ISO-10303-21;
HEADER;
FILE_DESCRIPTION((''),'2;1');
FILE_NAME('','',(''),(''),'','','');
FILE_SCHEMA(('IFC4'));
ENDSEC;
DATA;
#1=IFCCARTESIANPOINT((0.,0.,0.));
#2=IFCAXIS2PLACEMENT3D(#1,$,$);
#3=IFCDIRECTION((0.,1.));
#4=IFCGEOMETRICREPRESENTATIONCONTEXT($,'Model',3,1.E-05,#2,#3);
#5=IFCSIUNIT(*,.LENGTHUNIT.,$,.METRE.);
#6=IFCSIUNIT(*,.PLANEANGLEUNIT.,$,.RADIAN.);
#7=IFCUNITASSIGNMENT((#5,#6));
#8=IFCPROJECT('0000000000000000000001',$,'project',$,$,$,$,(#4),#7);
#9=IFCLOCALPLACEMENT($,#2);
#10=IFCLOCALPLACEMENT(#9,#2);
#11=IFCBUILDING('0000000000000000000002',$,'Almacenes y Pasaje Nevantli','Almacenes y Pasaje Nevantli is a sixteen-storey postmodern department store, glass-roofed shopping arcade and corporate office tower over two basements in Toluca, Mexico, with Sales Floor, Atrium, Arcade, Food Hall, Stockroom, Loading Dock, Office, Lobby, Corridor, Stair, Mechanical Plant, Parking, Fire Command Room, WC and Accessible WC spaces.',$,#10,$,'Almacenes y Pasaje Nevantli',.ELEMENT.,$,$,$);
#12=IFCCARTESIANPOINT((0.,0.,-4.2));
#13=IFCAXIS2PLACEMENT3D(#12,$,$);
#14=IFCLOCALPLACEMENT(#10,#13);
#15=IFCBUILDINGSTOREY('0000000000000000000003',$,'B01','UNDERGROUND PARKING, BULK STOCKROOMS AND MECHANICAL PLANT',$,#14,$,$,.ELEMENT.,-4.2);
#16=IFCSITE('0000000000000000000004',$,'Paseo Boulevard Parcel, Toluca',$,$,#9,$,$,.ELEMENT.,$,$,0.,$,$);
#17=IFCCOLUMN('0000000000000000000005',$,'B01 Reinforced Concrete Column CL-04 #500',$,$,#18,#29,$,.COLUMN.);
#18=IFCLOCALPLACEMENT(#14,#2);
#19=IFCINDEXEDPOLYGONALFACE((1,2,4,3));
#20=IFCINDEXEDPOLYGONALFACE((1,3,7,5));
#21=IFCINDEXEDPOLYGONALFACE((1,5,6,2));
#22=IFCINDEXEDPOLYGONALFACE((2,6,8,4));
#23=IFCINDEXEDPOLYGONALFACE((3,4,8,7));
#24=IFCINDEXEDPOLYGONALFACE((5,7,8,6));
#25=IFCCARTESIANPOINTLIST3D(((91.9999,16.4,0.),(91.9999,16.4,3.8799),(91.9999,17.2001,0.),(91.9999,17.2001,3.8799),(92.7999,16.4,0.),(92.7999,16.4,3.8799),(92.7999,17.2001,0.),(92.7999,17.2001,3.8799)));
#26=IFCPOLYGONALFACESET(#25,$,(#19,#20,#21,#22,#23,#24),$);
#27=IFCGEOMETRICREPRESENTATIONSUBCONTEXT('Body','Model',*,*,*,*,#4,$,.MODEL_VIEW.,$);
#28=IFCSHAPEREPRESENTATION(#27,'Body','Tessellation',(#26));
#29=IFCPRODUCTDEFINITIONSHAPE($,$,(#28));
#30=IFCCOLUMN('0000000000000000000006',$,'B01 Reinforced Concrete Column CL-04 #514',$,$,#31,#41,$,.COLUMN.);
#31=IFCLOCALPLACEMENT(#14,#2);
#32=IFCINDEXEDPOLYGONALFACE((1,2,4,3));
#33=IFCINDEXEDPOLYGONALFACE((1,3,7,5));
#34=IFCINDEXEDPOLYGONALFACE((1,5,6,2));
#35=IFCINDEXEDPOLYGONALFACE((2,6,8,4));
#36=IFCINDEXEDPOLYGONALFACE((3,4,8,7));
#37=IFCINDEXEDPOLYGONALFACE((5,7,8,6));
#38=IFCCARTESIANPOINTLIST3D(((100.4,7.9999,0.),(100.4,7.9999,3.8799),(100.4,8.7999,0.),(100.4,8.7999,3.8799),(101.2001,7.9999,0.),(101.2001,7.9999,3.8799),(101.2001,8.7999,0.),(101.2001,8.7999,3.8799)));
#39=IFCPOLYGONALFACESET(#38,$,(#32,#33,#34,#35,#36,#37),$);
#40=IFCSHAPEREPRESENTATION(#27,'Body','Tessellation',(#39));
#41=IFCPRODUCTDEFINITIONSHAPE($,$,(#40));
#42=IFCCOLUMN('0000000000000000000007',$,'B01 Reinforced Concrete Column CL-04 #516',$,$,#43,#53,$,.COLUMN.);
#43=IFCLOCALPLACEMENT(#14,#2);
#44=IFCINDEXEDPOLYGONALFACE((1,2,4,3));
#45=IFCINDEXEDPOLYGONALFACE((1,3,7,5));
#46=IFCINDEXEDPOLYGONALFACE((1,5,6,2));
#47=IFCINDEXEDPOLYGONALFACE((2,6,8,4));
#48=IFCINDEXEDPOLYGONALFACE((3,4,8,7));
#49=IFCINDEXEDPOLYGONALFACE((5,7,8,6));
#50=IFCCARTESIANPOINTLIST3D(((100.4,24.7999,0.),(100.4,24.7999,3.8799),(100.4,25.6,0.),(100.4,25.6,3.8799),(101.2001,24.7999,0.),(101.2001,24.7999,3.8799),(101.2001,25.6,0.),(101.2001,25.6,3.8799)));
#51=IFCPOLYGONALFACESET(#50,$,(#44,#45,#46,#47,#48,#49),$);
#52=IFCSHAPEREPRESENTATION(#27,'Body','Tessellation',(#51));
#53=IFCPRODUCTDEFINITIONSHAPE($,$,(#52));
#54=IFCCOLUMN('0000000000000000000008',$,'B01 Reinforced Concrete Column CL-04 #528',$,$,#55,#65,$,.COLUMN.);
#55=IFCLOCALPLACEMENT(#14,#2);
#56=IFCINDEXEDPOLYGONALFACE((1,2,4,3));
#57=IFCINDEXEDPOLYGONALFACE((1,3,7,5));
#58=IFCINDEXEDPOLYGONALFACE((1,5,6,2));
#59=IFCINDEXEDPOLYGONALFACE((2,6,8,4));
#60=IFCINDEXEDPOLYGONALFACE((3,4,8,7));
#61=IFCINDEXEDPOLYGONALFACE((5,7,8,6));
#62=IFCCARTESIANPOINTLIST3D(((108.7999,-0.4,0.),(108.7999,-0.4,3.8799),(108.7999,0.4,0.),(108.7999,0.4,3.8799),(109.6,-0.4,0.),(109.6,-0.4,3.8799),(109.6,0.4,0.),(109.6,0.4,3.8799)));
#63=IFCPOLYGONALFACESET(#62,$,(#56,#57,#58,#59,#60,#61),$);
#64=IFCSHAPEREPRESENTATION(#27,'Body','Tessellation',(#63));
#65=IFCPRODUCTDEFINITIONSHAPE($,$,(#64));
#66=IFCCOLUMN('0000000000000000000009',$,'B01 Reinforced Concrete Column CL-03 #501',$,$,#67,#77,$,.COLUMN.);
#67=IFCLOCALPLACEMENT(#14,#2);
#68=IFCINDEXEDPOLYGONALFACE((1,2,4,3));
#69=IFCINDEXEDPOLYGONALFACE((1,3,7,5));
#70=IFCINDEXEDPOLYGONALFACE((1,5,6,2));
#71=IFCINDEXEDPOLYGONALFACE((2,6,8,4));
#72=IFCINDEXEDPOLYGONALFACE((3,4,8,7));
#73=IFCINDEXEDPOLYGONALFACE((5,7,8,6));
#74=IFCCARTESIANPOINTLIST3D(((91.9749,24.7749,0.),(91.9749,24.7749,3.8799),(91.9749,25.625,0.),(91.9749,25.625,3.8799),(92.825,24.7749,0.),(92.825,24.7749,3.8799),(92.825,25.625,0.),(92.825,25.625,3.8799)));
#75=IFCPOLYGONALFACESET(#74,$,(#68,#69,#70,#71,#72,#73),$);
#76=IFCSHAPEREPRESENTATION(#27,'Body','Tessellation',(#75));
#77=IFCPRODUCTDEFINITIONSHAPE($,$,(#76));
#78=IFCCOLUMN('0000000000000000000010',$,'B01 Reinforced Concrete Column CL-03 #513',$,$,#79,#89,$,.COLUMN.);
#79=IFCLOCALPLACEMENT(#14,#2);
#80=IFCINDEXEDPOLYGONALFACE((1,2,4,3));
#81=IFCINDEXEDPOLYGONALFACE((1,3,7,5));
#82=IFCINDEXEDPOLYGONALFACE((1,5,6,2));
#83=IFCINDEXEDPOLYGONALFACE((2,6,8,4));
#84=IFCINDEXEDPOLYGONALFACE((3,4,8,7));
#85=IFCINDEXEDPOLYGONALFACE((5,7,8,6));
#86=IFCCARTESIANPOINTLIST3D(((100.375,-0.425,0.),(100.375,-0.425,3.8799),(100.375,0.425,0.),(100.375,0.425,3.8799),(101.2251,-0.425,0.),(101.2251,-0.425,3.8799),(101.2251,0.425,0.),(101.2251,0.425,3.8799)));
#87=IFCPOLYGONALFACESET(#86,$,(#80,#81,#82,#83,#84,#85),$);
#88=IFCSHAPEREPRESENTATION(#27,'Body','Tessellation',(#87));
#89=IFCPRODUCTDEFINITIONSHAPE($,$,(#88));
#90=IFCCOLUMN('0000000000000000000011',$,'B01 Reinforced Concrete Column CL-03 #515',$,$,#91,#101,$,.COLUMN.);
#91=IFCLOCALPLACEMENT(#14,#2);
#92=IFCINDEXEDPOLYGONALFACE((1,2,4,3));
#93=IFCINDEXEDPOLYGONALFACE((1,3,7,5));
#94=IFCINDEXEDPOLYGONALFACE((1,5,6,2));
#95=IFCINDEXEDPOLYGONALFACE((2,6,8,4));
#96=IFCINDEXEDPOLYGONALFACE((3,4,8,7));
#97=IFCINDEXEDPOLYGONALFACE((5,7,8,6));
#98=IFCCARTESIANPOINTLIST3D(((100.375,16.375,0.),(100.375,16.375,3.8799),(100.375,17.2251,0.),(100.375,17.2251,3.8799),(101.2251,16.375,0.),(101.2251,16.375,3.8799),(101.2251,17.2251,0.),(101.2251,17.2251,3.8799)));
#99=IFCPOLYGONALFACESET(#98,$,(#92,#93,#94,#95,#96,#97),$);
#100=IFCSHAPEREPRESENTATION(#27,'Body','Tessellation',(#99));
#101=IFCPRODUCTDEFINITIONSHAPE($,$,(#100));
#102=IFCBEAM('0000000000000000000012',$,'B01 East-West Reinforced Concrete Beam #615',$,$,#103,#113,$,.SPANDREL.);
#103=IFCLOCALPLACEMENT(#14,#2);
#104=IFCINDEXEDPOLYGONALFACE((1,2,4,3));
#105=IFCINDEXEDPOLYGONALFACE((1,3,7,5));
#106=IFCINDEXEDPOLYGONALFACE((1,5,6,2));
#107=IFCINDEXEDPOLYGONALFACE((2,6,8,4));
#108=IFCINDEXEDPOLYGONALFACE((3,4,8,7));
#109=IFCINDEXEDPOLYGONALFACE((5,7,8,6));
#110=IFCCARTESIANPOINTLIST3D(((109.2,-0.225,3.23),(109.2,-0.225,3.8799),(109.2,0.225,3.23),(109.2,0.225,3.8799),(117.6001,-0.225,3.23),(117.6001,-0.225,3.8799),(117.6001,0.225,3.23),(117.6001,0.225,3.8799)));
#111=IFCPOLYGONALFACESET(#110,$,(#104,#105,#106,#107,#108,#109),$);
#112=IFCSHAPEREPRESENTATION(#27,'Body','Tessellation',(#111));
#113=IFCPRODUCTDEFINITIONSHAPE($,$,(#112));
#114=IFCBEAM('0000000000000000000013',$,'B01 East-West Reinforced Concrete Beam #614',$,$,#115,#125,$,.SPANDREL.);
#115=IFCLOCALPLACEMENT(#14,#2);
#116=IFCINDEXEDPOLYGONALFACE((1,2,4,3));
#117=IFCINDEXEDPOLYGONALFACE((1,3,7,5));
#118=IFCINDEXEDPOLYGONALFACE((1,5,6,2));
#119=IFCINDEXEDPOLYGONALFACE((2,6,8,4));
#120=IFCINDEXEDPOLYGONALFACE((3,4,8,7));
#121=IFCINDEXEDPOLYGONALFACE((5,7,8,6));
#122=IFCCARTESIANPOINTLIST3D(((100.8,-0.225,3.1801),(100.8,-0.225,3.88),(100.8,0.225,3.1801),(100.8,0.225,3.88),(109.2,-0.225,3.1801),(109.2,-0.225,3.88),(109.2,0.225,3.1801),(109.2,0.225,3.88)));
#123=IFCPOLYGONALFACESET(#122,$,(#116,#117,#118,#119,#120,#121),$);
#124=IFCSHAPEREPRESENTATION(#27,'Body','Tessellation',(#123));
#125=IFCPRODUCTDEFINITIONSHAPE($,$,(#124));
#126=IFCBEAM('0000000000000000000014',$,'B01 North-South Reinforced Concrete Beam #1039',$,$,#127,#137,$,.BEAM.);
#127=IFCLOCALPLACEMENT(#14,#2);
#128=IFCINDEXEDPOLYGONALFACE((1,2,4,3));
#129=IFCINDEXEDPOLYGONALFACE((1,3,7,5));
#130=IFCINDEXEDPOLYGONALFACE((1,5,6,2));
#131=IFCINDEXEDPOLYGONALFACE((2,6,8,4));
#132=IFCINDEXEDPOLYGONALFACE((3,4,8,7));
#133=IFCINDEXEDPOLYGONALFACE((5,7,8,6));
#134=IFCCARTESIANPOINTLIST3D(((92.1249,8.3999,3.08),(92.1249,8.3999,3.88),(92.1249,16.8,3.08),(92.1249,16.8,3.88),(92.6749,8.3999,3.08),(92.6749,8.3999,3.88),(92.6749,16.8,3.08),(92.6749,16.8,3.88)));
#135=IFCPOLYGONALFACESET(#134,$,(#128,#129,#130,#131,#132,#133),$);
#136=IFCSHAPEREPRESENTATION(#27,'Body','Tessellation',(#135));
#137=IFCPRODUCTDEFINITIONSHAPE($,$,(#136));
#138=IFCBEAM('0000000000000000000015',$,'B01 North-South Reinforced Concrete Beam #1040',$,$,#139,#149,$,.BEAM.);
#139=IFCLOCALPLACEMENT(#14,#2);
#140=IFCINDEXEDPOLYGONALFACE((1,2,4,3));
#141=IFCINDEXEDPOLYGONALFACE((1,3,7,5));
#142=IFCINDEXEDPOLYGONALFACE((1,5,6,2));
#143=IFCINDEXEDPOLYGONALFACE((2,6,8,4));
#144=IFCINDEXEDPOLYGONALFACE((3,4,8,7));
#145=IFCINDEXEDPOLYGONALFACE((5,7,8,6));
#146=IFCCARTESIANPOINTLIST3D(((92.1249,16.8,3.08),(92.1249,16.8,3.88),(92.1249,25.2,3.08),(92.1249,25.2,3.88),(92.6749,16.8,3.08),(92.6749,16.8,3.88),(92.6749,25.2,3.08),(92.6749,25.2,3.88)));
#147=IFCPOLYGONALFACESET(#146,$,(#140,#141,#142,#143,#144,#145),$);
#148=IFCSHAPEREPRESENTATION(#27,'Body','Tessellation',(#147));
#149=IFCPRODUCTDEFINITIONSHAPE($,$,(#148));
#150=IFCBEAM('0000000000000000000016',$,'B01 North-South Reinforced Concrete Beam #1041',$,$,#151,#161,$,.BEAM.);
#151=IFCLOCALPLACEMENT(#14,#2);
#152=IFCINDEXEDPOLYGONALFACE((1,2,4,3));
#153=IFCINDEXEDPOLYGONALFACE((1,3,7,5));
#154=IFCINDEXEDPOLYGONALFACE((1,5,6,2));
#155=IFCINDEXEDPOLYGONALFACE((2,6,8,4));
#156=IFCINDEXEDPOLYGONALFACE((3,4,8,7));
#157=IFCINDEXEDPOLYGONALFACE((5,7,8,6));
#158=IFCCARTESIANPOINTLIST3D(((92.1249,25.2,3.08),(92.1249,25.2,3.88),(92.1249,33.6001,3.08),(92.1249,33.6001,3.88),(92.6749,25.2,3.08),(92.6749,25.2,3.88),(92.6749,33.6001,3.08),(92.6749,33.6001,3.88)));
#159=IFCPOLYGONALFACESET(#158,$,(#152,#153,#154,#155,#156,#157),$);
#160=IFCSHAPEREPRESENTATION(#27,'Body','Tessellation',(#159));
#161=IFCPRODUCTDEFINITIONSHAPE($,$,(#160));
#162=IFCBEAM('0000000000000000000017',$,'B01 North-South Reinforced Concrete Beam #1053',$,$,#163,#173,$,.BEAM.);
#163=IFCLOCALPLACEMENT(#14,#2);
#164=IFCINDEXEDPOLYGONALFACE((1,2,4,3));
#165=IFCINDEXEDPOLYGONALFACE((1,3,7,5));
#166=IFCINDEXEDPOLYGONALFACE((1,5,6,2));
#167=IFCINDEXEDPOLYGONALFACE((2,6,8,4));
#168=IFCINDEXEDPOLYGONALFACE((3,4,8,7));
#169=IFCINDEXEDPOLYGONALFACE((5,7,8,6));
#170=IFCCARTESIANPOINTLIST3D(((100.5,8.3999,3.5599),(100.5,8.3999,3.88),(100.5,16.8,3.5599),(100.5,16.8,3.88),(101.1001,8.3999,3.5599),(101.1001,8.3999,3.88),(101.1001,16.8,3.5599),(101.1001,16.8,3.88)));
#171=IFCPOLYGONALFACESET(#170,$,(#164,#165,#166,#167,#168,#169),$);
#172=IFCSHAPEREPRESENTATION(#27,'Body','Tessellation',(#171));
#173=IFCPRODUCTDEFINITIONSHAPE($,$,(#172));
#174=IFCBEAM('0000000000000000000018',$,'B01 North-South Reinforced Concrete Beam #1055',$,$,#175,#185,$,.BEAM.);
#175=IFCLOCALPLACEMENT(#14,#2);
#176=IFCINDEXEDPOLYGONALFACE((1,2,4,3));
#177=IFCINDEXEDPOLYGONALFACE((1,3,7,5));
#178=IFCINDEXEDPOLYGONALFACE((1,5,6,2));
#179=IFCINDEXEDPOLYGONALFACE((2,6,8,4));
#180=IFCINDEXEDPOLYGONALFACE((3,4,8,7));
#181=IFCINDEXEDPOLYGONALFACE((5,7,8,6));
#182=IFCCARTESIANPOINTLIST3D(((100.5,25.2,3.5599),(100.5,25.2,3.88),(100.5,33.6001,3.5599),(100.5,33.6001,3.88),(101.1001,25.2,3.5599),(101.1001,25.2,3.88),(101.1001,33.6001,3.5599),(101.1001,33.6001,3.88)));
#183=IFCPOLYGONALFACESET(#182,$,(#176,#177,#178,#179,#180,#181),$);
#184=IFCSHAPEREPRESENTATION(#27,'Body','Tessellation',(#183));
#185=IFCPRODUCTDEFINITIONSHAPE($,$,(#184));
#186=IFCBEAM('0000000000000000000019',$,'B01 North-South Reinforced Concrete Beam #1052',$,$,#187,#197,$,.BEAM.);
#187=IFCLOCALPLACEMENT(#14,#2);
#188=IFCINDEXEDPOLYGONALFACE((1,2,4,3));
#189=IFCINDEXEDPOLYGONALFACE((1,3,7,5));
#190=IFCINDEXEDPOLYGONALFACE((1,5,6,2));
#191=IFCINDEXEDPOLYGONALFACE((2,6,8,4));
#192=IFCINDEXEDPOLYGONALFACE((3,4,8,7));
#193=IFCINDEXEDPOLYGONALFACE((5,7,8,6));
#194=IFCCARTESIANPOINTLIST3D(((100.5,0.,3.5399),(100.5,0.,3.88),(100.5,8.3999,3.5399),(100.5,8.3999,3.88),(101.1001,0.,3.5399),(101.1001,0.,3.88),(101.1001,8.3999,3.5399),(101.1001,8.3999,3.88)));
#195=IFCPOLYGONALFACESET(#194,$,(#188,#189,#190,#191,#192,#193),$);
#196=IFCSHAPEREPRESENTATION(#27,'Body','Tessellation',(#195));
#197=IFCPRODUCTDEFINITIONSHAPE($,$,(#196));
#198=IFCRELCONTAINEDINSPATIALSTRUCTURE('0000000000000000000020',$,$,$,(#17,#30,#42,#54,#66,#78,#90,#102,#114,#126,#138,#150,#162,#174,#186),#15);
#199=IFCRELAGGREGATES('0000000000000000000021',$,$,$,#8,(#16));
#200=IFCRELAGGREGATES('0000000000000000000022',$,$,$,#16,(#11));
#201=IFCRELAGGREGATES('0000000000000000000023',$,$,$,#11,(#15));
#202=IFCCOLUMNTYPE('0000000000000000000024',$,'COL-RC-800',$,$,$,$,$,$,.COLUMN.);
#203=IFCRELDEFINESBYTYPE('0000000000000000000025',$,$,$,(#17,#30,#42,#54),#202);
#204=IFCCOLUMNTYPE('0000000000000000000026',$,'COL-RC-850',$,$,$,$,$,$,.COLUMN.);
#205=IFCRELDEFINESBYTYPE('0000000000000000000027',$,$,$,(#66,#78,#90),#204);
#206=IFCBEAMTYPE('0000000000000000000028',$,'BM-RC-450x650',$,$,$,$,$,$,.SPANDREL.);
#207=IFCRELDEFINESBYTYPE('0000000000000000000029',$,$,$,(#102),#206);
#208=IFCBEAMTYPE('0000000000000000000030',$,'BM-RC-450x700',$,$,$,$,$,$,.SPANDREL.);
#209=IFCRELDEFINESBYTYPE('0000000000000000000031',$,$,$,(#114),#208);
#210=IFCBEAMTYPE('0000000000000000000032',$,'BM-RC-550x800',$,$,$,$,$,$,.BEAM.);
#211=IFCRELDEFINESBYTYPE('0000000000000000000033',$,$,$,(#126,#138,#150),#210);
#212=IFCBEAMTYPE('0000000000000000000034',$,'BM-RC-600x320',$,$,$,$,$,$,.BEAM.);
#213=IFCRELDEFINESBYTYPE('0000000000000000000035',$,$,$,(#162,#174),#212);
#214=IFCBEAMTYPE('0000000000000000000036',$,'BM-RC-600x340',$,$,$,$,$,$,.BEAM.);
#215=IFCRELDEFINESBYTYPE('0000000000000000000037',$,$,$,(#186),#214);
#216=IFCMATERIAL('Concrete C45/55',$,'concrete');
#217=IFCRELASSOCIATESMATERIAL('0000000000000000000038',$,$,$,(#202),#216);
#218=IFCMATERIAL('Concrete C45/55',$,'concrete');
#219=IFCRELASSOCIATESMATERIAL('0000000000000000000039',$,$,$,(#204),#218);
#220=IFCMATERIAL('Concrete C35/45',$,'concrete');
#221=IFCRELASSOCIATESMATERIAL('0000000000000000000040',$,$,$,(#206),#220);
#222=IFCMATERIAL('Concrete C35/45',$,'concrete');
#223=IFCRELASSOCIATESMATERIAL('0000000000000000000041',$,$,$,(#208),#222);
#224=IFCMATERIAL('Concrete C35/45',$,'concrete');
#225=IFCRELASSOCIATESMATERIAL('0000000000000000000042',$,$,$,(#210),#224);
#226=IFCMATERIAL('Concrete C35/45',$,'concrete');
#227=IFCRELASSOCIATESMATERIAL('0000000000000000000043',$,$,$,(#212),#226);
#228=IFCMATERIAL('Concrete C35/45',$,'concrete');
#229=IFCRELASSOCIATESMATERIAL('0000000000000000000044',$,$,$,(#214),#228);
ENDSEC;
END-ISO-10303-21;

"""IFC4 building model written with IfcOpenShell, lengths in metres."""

from ifc_helpers import new_model, si_unit, direction, frame, origin, origin_2d, place, context, subcontext, project, spatial, rectangle, extrude, material, material_profile, profile_set, type_object, element, save


model = new_model("IFC4")

# Units and contexts
model_context = context("Model", 3, precision=1e-05, world=origin(), true_north=direction((0.0, 1.0)))
body_context = subcontext(model_context, "Body", "Model", "MODEL_VIEW")
ifc_project = project(units=[si_unit("LENGTHUNIT", "METRE"), si_unit("PLANEANGLEUNIT", "RADIAN")], contexts=[model_context])

# Site, building, storey
site_placement = place(None, origin())
site = spatial("IfcSite", under=ifc_project, at=site_placement, Name="Paseo Boulevard Parcel, Toluca", CompositionType="ELEMENT", RefElevation=0.0)
building_placement = place(site_placement, origin())
building = spatial("IfcBuilding", under=site, at=building_placement, Name="Almacenes y Pasaje Nevantli", Description="Almacenes y Pasaje Nevantli is a sixteen-storey postmodern department store, glass-roofed shopping arcade and corporate office tower over two basements in Toluca, Mexico, with Sales Floor, Atrium, Arcade, Food Hall, Stockroom, Loading Dock, Office, Lobby, Corridor, Stair, Mechanical Plant, Parking, Fire Command Room, WC and Accessible WC spaces.", LongName="Almacenes y Pasaje Nevantli", CompositionType="ELEMENT")
storey_placement = place(building_placement, frame((0.0, 0.0, -4.2)))
storey = spatial("IfcBuildingStorey", under=building, at=storey_placement, Name="B01", Description="UNDERGROUND PARKING, BULK STOCKROOMS AND MECHANICAL PLANT", CompositionType="ELEMENT", Elevation=-4.2)

# Columns
ifc_material_1 = material(Name="Concrete C45/55", Category="concrete")
ifc_material_profile_1 = material_profile(ifc_material_1, rectangle(XDim=0.8, YDim=0.8, at=origin_2d()), Name="RC-COL-800x800")
ifc_profile_set_1 = profile_set([ifc_material_profile_1], Name="Concrete C45/55")
column_type_1 = type_object("IfcColumnType", Name="COL-RC-800", PredefinedType="COLUMN", material=ifc_profile_set_1)
for number, where, z_axis, x_axis, name in (
    (1, (92.3999, 16.8, 0.0), (0.0, 0.0, 1.0), (1.0, 0.0, 0.0), "B01 Reinforced Concrete Column CL-04 #500"),
    (2, (100.8, 8.3999, 0.0), (0.0, 0.0, 1.0), (1.0, 0.0, 0.0), "B01 Reinforced Concrete Column CL-04 #514"),
    (3, (100.8, 25.2, 0.0), (0.0, 0.0, 1.0), (1.0, 0.0, 0.0), "B01 Reinforced Concrete Column CL-04 #516"),
    (4, (109.2, 0.0, 0.0), (0.0, 0.0, 1.0), (1.0, 0.0, 0.0), "B01 Reinforced Concrete Column CL-04 #528"),
):
    element("IfcColumn", number, at=place(storey_placement, frame(where, z_axis=z_axis, x_axis=x_axis)), inside=storey, type_object=column_type_1, Name=name, PredefinedType="COLUMN", context=body_context, shape_type="SweptSolid", body=[
        extrude(rectangle(XDim=0.8, YDim=0.8, at=origin_2d()), origin(), (0.0, 0.0, 1.0), 3.8799),
    ])
ifc_material_2 = material(Name="Concrete C45/55", Category="concrete")
ifc_material_profile_2 = material_profile(ifc_material_2, rectangle(XDim=0.8501, YDim=0.8501, at=origin_2d()), Name="RC-COL-850x850")
ifc_profile_set_2 = profile_set([ifc_material_profile_2], Name="Concrete C45/55")
column_type_2 = type_object("IfcColumnType", Name="COL-RC-850", PredefinedType="COLUMN", material=ifc_profile_set_2)
for number, where, z_axis, x_axis, name in (
    (5, (92.3999, 25.2, 0.0), (0.0, 0.0, 1.0), (1.0, 0.0, 0.0), "B01 Reinforced Concrete Column CL-03 #501"),
    (6, (100.8, 0.0, 0.0), (0.0, 0.0, 1.0), (1.0, 0.0, 0.0), "B01 Reinforced Concrete Column CL-03 #513"),
    (7, (100.8, 16.8, 0.0), (0.0, 0.0, 1.0), (1.0, 0.0, 0.0), "B01 Reinforced Concrete Column CL-03 #515"),
):
    element("IfcColumn", number, at=place(storey_placement, frame(where, z_axis=z_axis, x_axis=x_axis)), inside=storey, type_object=column_type_2, Name=name, PredefinedType="COLUMN", context=body_context, shape_type="SweptSolid", body=[
        extrude(rectangle(XDim=0.8501, YDim=0.8501, at=origin_2d()), origin(), (0.0, 0.0, 1.0), 3.8799),
    ])

# Beams
ifc_material_3 = material(Name="Concrete C35/45", Category="concrete")
ifc_material_profile_3 = material_profile(ifc_material_3, rectangle(XDim=0.45, YDim=0.6499, at=origin_2d()), Name="RC-BM-450x650")
ifc_profile_set_3 = profile_set([ifc_material_profile_3], Name="Concrete C35/45")
beam_type_1 = type_object("IfcBeamType", Name="BM-RC-450x650", PredefinedType="SPANDREL", material=ifc_profile_set_3)
beam_1_placement = place(storey_placement, frame((109.2, 0.0, 3.5549), z_axis=(1.0, 0.0, 0.0), x_axis=(0.0, 1.0, 0.0)))
element("IfcBeam", 8, at=beam_1_placement, inside=storey, type_object=beam_type_1, Name="B01 East-West Reinforced Concrete Beam #615", PredefinedType="SPANDREL", context=body_context, shape_type="SweptSolid", body=[
    extrude(rectangle(XDim=0.45, YDim=0.6499, at=origin_2d()), origin(), (0.0, 0.0, 1.0), 8.4001),
])
ifc_material_4 = material(Name="Concrete C35/45", Category="concrete")
ifc_material_profile_4 = material_profile(ifc_material_4, rectangle(XDim=0.45, YDim=0.7, at=origin_2d()), Name="RC-BM-450x700")
ifc_profile_set_4 = profile_set([ifc_material_profile_4], Name="Concrete C35/45")
beam_type_2 = type_object("IfcBeamType", Name="BM-RC-450x700", PredefinedType="SPANDREL", material=ifc_profile_set_4)
beam_2_placement = place(storey_placement, frame((100.8, 0.0, 3.53), z_axis=(1.0, 0.0, 0.0), x_axis=(0.0, 1.0, 0.0)))
element("IfcBeam", 9, at=beam_2_placement, inside=storey, type_object=beam_type_2, Name="B01 East-West Reinforced Concrete Beam #614", PredefinedType="SPANDREL", context=body_context, shape_type="SweptSolid", body=[
    extrude(rectangle(XDim=0.45, YDim=0.7, at=origin_2d()), origin(), (0.0, 0.0, 1.0), 8.3999),
])
ifc_material_5 = material(Name="Concrete C35/45", Category="concrete")
ifc_material_profile_5 = material_profile(ifc_material_5, rectangle(XDim=0.55, YDim=0.8, at=origin_2d()), Name="RC-BM-550x800")
ifc_profile_set_5 = profile_set([ifc_material_profile_5], Name="Concrete C35/45")
beam_type_3 = type_object("IfcBeamType", Name="BM-RC-550x800", PredefinedType="BEAM", material=ifc_profile_set_5)
beam_3_placement = place(storey_placement, frame((92.3999, 8.3999, 3.48), z_axis=(0.0, 1.0, 0.0), x_axis=(-1.0, 0.0, 0.0)))
element("IfcBeam", 10, at=beam_3_placement, inside=storey, type_object=beam_type_3, Name="B01 North-South Reinforced Concrete Beam #1039", PredefinedType="BEAM", context=body_context, shape_type="SweptSolid", body=[
    extrude(rectangle(XDim=0.55, YDim=0.8, at=origin_2d()), origin(), (0.0, 0.0, 1.0), 8.4001),
])
beam_4_placement = place(storey_placement, frame((92.3999, 16.8, 3.48), z_axis=(0.0, 1.0, 0.0), x_axis=(-1.0, 0.0, 0.0)))
element("IfcBeam", 11, at=beam_4_placement, inside=storey, type_object=beam_type_3, Name="B01 North-South Reinforced Concrete Beam #1040", PredefinedType="BEAM", context=body_context, shape_type="SweptSolid", body=[
    extrude(rectangle(XDim=0.55, YDim=0.8, at=origin_2d()), origin(), (0.0, 0.0, 1.0), 8.3999),
])
beam_5_placement = place(storey_placement, frame((92.3999, 25.2, 3.48), z_axis=(0.0, 1.0, 0.0), x_axis=(-1.0, 0.0, 0.0)))
element("IfcBeam", 12, at=beam_5_placement, inside=storey, type_object=beam_type_3, Name="B01 North-South Reinforced Concrete Beam #1041", PredefinedType="BEAM", context=body_context, shape_type="SweptSolid", body=[
    extrude(rectangle(XDim=0.55, YDim=0.8, at=origin_2d()), origin(), (0.0, 0.0, 1.0), 8.4001),
])
ifc_material_6 = material(Name="Concrete C35/45", Category="concrete")
ifc_material_profile_6 = material_profile(ifc_material_6, rectangle(XDim=0.6001, YDim=0.3201, at=origin_2d()), Name="RC-BM-600x320")
ifc_profile_set_6 = profile_set([ifc_material_profile_6], Name="Concrete C35/45")
beam_type_4 = type_object("IfcBeamType", Name="BM-RC-600x320", PredefinedType="BEAM", material=ifc_profile_set_6)
for number, where, z_axis, x_axis, name in (
    (13, (100.8, 8.3999, 3.72), (0.0, 1.0, 0.0), (-1.0, 0.0, 0.0), "B01 North-South Reinforced Concrete Beam #1053"),
    (14, (100.8, 25.2, 3.72), (0.0, 1.0, 0.0), (-1.0, 0.0, 0.0), "B01 North-South Reinforced Concrete Beam #1055"),
):
    element("IfcBeam", number, at=place(storey_placement, frame(where, z_axis=z_axis, x_axis=x_axis)), inside=storey, type_object=beam_type_4, Name=name, PredefinedType="BEAM", context=body_context, shape_type="SweptSolid", body=[
        extrude(rectangle(XDim=0.6001, YDim=0.3201, at=origin_2d()), origin(), (0.0, 0.0, 1.0), 8.4001),
    ])
ifc_material_7 = material(Name="Concrete C35/45", Category="concrete")
ifc_material_profile_7 = material_profile(ifc_material_7, rectangle(XDim=0.6001, YDim=0.3401, at=origin_2d()), Name="RC-BM-600x340")
ifc_profile_set_7 = profile_set([ifc_material_profile_7], Name="Concrete C35/45")
beam_type_5 = type_object("IfcBeamType", Name="BM-RC-600x340", PredefinedType="BEAM", material=ifc_profile_set_7)
for number, where, z_axis, x_axis, name in (
    (15, (100.8, 0.0, 3.71), (0.0, 1.0, 0.0), (-1.0, 0.0, 0.0), "B01 North-South Reinforced Concrete Beam #1052"),
):
    element("IfcBeam", number, at=place(storey_placement, frame(where, z_axis=z_axis, x_axis=x_axis)), inside=storey, type_object=beam_type_5, Name=name, PredefinedType="BEAM", context=body_context, shape_type="SweptSolid", body=[
        extrude(rectangle(XDim=0.6001, YDim=0.3401, at=origin_2d()), origin(), (0.0, 0.0, 1.0), 8.3999),
    ])

save(model, "model.ifc")
